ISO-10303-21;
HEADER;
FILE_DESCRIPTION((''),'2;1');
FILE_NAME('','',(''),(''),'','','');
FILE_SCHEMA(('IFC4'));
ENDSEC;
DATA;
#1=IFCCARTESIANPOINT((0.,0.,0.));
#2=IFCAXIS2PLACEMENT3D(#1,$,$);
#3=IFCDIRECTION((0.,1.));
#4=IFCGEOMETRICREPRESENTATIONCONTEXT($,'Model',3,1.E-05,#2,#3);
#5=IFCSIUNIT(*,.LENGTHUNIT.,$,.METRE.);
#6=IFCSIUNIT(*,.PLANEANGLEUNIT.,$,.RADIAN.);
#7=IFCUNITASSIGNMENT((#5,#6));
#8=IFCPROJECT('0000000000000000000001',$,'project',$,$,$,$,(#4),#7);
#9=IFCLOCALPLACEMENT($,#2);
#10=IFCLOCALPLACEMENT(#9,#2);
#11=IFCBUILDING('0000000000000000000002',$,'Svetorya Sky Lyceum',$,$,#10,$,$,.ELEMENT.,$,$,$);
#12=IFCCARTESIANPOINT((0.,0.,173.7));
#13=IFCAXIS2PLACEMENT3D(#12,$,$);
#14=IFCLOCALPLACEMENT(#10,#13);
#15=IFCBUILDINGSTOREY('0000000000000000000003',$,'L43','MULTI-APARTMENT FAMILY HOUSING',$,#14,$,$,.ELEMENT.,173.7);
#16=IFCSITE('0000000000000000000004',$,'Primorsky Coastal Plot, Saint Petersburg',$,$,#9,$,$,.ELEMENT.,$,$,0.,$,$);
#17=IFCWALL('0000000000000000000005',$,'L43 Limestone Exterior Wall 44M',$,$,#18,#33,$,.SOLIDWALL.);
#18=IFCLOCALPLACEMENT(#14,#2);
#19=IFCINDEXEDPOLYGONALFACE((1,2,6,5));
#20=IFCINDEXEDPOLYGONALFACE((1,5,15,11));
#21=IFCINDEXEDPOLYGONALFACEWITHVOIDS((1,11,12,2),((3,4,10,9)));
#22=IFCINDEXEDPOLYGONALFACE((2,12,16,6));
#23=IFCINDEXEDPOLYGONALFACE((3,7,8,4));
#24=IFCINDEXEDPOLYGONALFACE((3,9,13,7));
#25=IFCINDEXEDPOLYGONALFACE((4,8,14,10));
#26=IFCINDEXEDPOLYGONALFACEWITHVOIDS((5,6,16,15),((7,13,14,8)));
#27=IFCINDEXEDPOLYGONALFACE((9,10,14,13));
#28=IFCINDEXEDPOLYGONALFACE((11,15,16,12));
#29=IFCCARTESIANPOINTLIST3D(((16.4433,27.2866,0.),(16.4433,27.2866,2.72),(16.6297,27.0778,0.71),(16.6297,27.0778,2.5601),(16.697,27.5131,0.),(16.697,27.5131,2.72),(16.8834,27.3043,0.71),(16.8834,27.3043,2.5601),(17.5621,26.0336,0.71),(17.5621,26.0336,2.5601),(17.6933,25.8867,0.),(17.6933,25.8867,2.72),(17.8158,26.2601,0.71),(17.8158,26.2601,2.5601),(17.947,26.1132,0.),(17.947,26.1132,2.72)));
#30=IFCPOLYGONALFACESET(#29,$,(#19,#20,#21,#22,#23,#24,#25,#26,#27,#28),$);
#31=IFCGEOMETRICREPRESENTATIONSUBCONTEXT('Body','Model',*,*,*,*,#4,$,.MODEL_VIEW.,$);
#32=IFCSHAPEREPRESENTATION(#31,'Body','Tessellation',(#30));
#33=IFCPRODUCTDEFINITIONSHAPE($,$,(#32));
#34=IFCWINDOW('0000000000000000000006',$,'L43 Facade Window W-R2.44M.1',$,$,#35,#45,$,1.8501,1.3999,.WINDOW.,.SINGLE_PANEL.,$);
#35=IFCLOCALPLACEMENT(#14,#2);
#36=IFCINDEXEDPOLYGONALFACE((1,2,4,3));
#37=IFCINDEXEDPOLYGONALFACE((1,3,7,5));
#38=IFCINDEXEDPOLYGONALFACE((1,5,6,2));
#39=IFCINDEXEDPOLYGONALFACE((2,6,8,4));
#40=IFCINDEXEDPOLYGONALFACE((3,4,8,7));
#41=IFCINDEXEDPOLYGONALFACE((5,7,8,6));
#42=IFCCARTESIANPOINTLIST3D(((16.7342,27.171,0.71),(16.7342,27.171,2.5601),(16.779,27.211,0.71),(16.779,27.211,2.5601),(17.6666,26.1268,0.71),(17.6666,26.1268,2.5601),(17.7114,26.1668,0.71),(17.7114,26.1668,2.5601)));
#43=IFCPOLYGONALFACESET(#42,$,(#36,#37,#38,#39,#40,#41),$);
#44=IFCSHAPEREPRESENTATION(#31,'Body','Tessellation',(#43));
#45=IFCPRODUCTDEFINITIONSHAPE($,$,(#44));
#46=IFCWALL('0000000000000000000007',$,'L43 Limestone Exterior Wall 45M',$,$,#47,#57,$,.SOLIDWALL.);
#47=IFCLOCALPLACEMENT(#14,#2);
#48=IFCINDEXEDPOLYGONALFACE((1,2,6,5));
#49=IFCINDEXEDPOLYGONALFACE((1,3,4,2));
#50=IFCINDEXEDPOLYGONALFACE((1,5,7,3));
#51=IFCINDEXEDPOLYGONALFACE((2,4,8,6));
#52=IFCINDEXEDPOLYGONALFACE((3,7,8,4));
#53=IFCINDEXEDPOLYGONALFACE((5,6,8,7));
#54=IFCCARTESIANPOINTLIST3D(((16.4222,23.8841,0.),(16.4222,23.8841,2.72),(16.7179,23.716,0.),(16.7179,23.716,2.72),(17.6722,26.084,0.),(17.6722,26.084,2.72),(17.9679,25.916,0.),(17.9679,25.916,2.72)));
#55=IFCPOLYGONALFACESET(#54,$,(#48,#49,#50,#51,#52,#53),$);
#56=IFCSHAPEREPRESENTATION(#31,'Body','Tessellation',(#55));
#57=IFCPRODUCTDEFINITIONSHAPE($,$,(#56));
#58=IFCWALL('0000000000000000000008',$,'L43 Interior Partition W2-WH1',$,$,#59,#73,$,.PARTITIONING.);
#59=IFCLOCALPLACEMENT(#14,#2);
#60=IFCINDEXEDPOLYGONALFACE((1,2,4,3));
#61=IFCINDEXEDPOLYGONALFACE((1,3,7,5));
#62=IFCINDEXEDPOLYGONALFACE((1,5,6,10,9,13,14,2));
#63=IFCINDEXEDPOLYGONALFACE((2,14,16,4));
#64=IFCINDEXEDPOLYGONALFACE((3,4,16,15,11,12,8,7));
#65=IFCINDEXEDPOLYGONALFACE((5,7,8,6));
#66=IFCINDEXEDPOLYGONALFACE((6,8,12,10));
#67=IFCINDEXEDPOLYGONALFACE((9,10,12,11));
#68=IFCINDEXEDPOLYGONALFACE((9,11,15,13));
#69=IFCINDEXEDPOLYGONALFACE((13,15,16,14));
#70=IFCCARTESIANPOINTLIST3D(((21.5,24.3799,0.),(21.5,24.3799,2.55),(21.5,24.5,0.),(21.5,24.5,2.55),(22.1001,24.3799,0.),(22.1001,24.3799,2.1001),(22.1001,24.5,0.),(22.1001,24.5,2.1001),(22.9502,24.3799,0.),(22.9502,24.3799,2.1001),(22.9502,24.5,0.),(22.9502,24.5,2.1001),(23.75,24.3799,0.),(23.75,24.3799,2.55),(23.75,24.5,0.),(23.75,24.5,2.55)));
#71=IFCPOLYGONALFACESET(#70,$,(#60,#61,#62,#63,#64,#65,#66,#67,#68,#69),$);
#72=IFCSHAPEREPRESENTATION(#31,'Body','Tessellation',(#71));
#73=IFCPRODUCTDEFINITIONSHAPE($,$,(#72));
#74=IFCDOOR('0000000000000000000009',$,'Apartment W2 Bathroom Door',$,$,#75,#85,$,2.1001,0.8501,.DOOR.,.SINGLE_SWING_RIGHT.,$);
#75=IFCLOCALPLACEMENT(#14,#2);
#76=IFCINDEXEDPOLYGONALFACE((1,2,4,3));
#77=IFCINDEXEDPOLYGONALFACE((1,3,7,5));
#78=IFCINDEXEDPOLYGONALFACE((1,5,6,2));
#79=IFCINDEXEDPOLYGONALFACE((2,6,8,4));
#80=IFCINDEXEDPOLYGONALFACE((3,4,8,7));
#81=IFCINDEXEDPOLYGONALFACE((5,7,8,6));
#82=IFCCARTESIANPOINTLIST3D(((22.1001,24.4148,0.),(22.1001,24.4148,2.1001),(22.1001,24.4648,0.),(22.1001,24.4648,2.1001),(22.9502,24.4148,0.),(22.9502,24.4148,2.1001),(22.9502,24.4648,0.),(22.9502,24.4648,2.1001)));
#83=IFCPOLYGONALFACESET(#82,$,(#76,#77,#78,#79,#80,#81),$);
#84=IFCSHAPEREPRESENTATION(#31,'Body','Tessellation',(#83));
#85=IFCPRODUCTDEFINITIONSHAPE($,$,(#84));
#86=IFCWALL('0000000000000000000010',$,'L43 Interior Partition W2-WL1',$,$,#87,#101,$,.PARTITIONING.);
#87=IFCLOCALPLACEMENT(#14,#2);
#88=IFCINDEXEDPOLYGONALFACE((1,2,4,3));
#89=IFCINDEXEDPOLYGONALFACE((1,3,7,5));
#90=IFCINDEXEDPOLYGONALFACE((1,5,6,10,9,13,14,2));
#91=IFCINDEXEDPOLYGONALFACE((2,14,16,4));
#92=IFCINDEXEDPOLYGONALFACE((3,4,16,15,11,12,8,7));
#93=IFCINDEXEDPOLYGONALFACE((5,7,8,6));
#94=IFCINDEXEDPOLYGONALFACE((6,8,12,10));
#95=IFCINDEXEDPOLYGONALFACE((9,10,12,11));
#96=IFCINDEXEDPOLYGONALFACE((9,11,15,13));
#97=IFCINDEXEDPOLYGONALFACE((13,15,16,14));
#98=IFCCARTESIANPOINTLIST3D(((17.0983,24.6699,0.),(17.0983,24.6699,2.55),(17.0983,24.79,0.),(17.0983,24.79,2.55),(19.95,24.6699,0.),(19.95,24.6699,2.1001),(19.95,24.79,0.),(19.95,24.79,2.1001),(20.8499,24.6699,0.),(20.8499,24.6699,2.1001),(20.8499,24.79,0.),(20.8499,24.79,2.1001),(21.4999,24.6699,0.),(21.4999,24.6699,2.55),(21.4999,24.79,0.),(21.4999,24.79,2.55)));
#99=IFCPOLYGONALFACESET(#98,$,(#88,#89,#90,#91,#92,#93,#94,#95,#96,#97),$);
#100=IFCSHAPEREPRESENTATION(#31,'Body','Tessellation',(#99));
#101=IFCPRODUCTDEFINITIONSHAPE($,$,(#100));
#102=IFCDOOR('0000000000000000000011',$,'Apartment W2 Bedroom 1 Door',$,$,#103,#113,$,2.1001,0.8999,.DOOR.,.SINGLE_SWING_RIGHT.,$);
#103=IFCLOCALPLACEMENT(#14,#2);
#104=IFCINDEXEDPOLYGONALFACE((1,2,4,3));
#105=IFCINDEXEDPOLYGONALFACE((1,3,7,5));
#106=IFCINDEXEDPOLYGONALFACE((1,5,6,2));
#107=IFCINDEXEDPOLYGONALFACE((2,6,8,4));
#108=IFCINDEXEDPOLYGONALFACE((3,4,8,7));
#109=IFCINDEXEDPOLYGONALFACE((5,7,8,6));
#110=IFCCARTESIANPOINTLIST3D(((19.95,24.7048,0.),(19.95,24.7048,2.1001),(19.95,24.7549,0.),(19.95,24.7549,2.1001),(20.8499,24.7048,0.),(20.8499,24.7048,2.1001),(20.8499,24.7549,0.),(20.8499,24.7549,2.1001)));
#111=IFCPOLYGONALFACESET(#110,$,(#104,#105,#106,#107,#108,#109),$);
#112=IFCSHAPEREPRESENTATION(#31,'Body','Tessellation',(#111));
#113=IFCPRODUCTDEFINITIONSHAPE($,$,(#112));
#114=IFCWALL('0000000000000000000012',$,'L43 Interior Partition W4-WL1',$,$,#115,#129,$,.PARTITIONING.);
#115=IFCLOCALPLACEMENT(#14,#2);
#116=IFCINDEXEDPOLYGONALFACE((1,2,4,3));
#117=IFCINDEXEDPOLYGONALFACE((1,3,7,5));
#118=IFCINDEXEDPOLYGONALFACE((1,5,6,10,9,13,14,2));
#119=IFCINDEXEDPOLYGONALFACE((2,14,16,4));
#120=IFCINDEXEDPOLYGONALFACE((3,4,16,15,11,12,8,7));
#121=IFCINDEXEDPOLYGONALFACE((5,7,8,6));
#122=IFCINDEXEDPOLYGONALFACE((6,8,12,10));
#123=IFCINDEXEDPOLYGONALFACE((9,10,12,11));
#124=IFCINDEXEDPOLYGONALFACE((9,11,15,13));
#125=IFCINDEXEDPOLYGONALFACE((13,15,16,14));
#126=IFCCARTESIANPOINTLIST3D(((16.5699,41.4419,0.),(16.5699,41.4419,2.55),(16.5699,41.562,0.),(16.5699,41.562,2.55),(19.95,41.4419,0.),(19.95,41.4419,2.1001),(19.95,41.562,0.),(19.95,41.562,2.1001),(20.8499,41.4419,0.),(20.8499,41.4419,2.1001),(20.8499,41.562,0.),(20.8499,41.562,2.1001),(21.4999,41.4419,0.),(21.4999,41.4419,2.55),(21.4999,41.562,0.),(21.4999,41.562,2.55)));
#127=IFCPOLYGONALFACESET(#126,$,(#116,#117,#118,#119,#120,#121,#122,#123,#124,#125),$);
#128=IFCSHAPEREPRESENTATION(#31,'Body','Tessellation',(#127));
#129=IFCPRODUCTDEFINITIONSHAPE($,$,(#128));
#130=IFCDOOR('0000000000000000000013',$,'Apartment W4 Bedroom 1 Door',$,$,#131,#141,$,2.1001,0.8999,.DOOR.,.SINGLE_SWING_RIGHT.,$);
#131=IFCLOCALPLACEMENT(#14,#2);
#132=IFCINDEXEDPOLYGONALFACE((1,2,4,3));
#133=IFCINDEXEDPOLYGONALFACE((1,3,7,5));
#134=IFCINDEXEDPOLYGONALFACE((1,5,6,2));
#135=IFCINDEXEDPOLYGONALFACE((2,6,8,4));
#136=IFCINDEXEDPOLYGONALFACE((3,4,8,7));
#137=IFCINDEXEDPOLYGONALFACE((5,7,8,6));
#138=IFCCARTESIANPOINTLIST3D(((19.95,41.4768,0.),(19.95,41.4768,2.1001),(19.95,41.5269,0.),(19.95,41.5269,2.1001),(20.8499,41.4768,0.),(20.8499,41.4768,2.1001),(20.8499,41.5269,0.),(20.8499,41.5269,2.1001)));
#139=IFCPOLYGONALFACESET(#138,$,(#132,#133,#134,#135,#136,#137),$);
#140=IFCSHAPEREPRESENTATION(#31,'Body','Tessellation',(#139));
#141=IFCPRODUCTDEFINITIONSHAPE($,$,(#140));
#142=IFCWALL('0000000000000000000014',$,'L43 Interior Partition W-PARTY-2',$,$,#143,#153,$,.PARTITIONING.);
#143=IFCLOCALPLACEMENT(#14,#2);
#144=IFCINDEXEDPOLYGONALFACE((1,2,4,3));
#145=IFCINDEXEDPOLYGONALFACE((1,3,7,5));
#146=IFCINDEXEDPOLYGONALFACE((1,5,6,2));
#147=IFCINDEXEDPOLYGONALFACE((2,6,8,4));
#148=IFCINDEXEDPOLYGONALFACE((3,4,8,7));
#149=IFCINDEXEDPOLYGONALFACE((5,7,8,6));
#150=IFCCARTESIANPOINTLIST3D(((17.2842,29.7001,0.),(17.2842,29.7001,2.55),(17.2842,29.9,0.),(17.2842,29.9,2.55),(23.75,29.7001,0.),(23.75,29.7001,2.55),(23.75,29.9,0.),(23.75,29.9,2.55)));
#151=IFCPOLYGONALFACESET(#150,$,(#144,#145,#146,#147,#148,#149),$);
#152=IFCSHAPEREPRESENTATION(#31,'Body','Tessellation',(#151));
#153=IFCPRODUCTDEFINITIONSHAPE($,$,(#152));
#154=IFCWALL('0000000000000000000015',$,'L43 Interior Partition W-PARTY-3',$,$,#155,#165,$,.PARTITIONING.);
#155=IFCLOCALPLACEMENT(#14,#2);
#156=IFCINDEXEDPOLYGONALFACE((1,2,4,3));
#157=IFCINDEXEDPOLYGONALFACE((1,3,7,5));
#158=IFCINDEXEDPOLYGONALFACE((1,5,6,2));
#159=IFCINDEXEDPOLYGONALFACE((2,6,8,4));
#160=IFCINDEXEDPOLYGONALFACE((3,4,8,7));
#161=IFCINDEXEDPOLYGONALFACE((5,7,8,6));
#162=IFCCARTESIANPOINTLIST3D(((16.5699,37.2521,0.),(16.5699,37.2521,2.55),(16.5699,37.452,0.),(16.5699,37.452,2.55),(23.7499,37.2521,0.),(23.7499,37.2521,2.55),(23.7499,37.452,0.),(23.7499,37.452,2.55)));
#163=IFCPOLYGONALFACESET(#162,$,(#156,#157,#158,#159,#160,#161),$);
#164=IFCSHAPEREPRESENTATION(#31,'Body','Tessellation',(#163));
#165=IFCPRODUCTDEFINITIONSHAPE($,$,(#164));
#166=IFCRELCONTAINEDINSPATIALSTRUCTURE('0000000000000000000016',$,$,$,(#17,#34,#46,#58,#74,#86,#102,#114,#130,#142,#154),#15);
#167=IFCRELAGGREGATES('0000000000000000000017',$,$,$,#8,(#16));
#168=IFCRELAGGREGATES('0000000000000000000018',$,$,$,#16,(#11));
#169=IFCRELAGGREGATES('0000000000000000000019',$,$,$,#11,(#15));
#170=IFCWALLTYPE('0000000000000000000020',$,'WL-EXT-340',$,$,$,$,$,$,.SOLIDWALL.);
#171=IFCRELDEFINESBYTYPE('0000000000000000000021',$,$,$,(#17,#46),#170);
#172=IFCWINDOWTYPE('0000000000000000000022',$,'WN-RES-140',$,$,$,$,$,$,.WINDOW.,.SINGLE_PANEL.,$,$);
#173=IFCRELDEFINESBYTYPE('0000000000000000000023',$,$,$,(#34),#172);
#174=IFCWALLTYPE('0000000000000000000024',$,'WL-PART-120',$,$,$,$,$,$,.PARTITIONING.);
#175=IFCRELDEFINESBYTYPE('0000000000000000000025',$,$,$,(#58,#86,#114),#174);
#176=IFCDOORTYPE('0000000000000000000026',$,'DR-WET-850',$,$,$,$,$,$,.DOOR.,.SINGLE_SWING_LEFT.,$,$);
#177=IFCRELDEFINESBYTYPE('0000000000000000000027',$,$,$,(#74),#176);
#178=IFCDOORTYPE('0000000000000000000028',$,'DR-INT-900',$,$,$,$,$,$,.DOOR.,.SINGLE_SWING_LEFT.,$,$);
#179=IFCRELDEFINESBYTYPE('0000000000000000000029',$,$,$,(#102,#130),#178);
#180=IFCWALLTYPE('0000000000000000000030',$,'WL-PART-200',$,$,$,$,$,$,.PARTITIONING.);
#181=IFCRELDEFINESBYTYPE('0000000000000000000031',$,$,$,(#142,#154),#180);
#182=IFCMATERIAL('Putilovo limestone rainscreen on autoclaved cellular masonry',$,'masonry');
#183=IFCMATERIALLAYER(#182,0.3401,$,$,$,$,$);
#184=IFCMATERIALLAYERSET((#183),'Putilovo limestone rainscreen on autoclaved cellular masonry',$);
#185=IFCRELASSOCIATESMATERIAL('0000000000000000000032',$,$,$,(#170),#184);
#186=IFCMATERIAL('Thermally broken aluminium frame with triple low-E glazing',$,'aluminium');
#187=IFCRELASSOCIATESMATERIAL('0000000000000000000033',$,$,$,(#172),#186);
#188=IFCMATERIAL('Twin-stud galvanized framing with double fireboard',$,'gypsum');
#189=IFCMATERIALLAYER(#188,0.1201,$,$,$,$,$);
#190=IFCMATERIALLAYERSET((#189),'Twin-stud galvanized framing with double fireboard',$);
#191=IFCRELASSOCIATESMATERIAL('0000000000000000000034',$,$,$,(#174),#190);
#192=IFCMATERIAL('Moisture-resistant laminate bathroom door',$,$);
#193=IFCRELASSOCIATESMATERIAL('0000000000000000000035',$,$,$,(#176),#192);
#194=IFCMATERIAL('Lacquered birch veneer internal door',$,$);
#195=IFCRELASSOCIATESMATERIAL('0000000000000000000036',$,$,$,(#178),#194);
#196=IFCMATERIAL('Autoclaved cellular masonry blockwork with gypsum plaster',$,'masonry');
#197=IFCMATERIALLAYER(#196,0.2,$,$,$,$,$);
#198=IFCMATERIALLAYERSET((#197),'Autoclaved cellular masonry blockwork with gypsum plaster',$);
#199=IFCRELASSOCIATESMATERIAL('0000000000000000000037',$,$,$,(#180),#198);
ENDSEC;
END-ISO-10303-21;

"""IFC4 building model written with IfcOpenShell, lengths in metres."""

from ifc_helpers import new_model, si_unit, direction, frame, frame_2d, origin, place, context, subcontext, project, spatial, rectangle, extrude, material, layer, layer_set, type_object, element, fill, save


model = new_model("IFC4")

# Units and contexts
model_context = context("Model", 3, precision=1e-05, world=origin(), true_north=direction((0.0, 1.0)))
body_context = subcontext(model_context, "Body", "Model", "MODEL_VIEW")
ifc_project = project(units=[si_unit("LENGTHUNIT", "METRE"), si_unit("PLANEANGLEUNIT", "RADIAN")], contexts=[model_context])

# Site, building, storey
site_placement = place(None, origin())
site = spatial("IfcSite", under=ifc_project, at=site_placement, Name="Primorsky Coastal Plot, Saint Petersburg", CompositionType="ELEMENT", RefElevation=0.0)
building_placement = place(site_placement, origin())
building = spatial("IfcBuilding", under=site, at=building_placement, Name="Svetorya Sky Lyceum", CompositionType="ELEMENT")
storey_placement = place(building_placement, frame((0.0, 0.0, 173.7)))
storey = spatial("IfcBuildingStorey", under=building, at=storey_placement, Name="L43", Description="MULTI-APARTMENT FAMILY HOUSING", CompositionType="ELEMENT", Elevation=173.7)

# Shared definitions
ifc_material_1 = material(Name="Putilovo limestone rainscreen on autoclaved cellular masonry", Category="masonry")
ifc_layer_1 = layer(ifc_material_1, 0.3401)
ifc_layer_set_1 = layer_set([ifc_layer_1], Name="Putilovo limestone rainscreen on autoclaved cellular masonry")
wall_type_1 = type_object("IfcWallType", Name="WL-EXT-340", PredefinedType="SOLIDWALL", material=ifc_layer_set_1)
ifc_material_2 = material(Name="Thermally broken aluminium frame with triple low-E glazing", Category="aluminium")

# Wall, opening, window
wall_1_placement = place(storey_placement, frame((16.5701, 27.3999, 0.0), z_axis=(0.0, 0.0, 1.0), x_axis=(0.666042, -0.745915, 0.0)))
wall_1 = element("IfcWall", 1, at=wall_1_placement, inside=storey, type_object=wall_type_1, Name="L43 Limestone Exterior Wall 44M", PredefinedType="SOLIDWALL", context=body_context, shape_type="SweptSolid", body=[
    extrude(rectangle(XDim=1.8767, YDim=0.3401, at=frame_2d((0.9385, 0.0))), origin(), (0.0, 0.0, 1.0), 2.72),
])
opening_1_placement = place(wall_1_placement, frame((0.28, 0.0, 0.71)))
opening_1 = element("IfcOpeningElement", 2, at=opening_1_placement, cuts=wall_1, PredefinedType="OPENING", context=body_context, shape_type="SweptSolid", body=[
    extrude(rectangle(XDim=1.3999, YDim=1.8501, at=frame_2d((0.7, 0.925))), frame((0.0, 0.1799, 0.0), z_axis=(0.0, -1.0, 0.0), x_axis=(1.0, 0.0, 0.0)), (0.0, 0.0, 1.0), 0.3601),
])
window_type_1 = type_object("IfcWindowType", Name="WN-RES-140", PartitioningType="SINGLE_PANEL", PredefinedType="WINDOW", material=ifc_material_2)
window_1_placement = place(opening_1_placement, origin())
window_1 = element("IfcWindow", 3, at=window_1_placement, inside=storey, type_object=window_type_1, Name="L43 Facade Window W-R2.44M.1", OverallHeight=1.8501, OverallWidth=1.3999, PartitioningType="SINGLE_PANEL", PredefinedType="WINDOW", context=body_context, shape_type="SweptSolid", body=[
    extrude(rectangle(XDim=1.3999, YDim=1.8501, at=frame_2d((0.7, 0.925))), frame((0.0, 0.03, 0.0), z_axis=(0.0, -1.0, 0.0), x_axis=(1.0, 0.0, 0.0)), (0.0, 0.0, 1.0), 0.0601),
])
fill(opening_1, window_1)

# Wall
wall_2_placement = place(storey_placement, frame((17.8201, 26.0, 0.0), z_axis=(0.0, 0.0, 1.0), x_axis=(-0.494018, -0.869452, 0.0)))
element("IfcWall", 4, at=wall_2_placement, inside=storey, type_object=wall_type_1, Name="L43 Limestone Exterior Wall 45M", PredefinedType="SOLIDWALL", context=body_context, shape_type="SweptSolid", body=[
    extrude(rectangle(XDim=2.5303, YDim=0.3401, at=frame_2d((1.2651, 0.0))), origin(), (0.0, 0.0, 1.0), 2.72),
])

# Walls, openings, doors
ifc_material_3 = material(Name="Twin-stud galvanized framing with double fireboard", Category="gypsum")
ifc_layer_2 = layer(ifc_material_3, 0.1201)
ifc_layer_set_2 = layer_set([ifc_layer_2], Name="Twin-stud galvanized framing with double fireboard")
wall_type_2 = type_object("IfcWallType", Name="WL-PART-120", PredefinedType="PARTITIONING", material=ifc_layer_set_2)
wall_3_placement = place(storey_placement, frame((21.5, 24.4399, 0.0), z_axis=(0.0, 0.0, 1.0), x_axis=(1.0, 0.0, 0.0)))
wall_3 = element("IfcWall", 5, at=wall_3_placement, inside=storey, type_object=wall_type_2, Name="L43 Interior Partition W2-WH1", PredefinedType="PARTITIONING", context=body_context, shape_type="SweptSolid", body=[
    extrude(rectangle(XDim=2.25, YDim=0.1201, at=frame_2d((1.125, 0.0))), origin(), (0.0, 0.0, 1.0), 2.55),
])
opening_2_placement = place(wall_3_placement, frame((0.6001, 0.0, 0.0)))
opening_2 = element("IfcOpeningElement", 6, at=opening_2_placement, cuts=wall_3, PredefinedType="OPENING", context=body_context, shape_type="SweptSolid", body=[
    extrude(rectangle(XDim=0.8501, YDim=2.1001, at=frame_2d((0.425, 1.05))), frame((0.0, 0.0701, 0.0), z_axis=(0.0, -1.0, 0.0), x_axis=(1.0, 0.0, 0.0)), (0.0, 0.0, 1.0), 0.1401),
])
ifc_material_4 = material(Name="Moisture-resistant laminate bathroom door")
door_type_1 = type_object("IfcDoorType", Name="DR-WET-850", OperationType="SINGLE_SWING_LEFT", PredefinedType="DOOR", material=ifc_material_4)
door_1_placement = place(opening_2_placement, origin())
door_1 = element("IfcDoor", 7, at=door_1_placement, inside=storey, type_object=door_type_1, Name="Apartment W2 Bathroom Door", OperationType="SINGLE_SWING_RIGHT", OverallHeight=2.1001, OverallWidth=0.8501, PredefinedType="DOOR", context=body_context, shape_type="SweptSolid", body=[
    extrude(rectangle(XDim=0.8501, YDim=2.1001, at=frame_2d((0.425, 1.05))), frame((0.0, 0.0249, 0.0), z_axis=(0.0, -1.0, 0.0), x_axis=(1.0, 0.0, 0.0)), (0.0, 0.0, 1.0), 0.05),
])
fill(opening_2, door_1)
wall_4_placement = place(storey_placement, frame((17.0984, 24.73, 0.0), z_axis=(0.0, 0.0, 1.0), x_axis=(1.0, 0.0, 0.0)))
wall_4 = element("IfcWall", 8, at=wall_4_placement, inside=storey, type_object=wall_type_2, Name="L43 Interior Partition W2-WL1", PredefinedType="PARTITIONING", context=body_context, shape_type="SweptSolid", body=[
    extrude(rectangle(XDim=4.4016, YDim=0.1201, at=frame_2d((2.2007, 0.0))), origin(), (0.0, 0.0, 1.0), 2.55),
])
opening_3_placement = place(wall_4_placement, frame((2.8516, 0.0, 0.0)))
opening_3 = element("IfcOpeningElement", 9, at=opening_3_placement, cuts=wall_4, PredefinedType="OPENING", context=body_context, shape_type="SweptSolid", body=[
    extrude(rectangle(XDim=0.8999, YDim=2.1001, at=frame_2d((0.45, 1.05))), frame((0.0, 0.0701, 0.0), z_axis=(0.0, -1.0, 0.0), x_axis=(1.0, 0.0, 0.0)), (0.0, 0.0, 1.0), 0.1401),
])
ifc_material_5 = material(Name="Lacquered birch veneer internal door")
door_type_2 = type_object("IfcDoorType", Name="DR-INT-900", OperationType="SINGLE_SWING_LEFT", PredefinedType="DOOR", material=ifc_material_5)
door_2_placement = place(opening_3_placement, origin())
door_2 = element("IfcDoor", 10, at=door_2_placement, inside=storey, type_object=door_type_2, Name="Apartment W2 Bedroom 1 Door", OperationType="SINGLE_SWING_RIGHT", OverallHeight=2.1001, OverallWidth=0.8999, PredefinedType="DOOR", context=body_context, shape_type="SweptSolid", body=[
    extrude(rectangle(XDim=0.8999, YDim=2.1001, at=frame_2d((0.45, 1.05))), frame((0.0, 0.0249, 0.0), z_axis=(0.0, -1.0, 0.0), x_axis=(1.0, 0.0, 0.0)), (0.0, 0.0, 1.0), 0.05),
])
fill(opening_3, door_2)
wall_5_placement = place(storey_placement, frame((16.5701, 41.502, 0.0), z_axis=(0.0, 0.0, 1.0), x_axis=(1.0, 0.0, 0.0)))
wall_5 = element("IfcWall", 11, at=wall_5_placement, inside=storey, type_object=wall_type_2, Name="L43 Interior Partition W4-WL1", PredefinedType="PARTITIONING", context=body_context, shape_type="SweptSolid", body=[
    extrude(rectangle(XDim=4.9299, YDim=0.1201, at=frame_2d((2.4648, 0.0))), origin(), (0.0, 0.0, 1.0), 2.55),
])
opening_4_placement = place(wall_5_placement, frame((3.3799, 0.0, 0.0)))
opening_4 = element("IfcOpeningElement", 12, at=opening_4_placement, cuts=wall_5, PredefinedType="OPENING", context=body_context, shape_type="SweptSolid", body=[
    extrude(rectangle(XDim=0.8999, YDim=2.1001, at=frame_2d((0.45, 1.05))), frame((0.0, 0.0701, 0.0), z_axis=(0.0, -1.0, 0.0), x_axis=(1.0, 0.0, 0.0)), (0.0, 0.0, 1.0), 0.1401),
])
door_3_placement = place(opening_4_placement, origin())
door_3 = element("IfcDoor", 13, at=door_3_placement, inside=storey, type_object=door_type_2, Name="Apartment W4 Bedroom 1 Door", OperationType="SINGLE_SWING_RIGHT", OverallHeight=2.1001, OverallWidth=0.8999, PredefinedType="DOOR", context=body_context, shape_type="SweptSolid", body=[
    extrude(rectangle(XDim=0.8999, YDim=2.1001, at=frame_2d((0.45, 1.05))), frame((0.0, 0.0249, 0.0), z_axis=(0.0, -1.0, 0.0), x_axis=(1.0, 0.0, 0.0)), (0.0, 0.0, 1.0), 0.05),
])
fill(opening_4, door_3)

# Walls
ifc_material_6 = material(Name="Autoclaved cellular masonry blockwork with gypsum plaster", Category="masonry")
ifc_layer_3 = layer(ifc_material_6, 0.2)
ifc_layer_set_3 = layer_set([ifc_layer_3], Name="Autoclaved cellular masonry blockwork with gypsum plaster")
wall_type_3 = type_object("IfcWallType", Name="WL-PART-200", PredefinedType="PARTITIONING", material=ifc_layer_set_3)
wall_6_placement = place(storey_placement, frame((17.2842, 29.8, 0.0), z_axis=(0.0, 0.0, 1.0), x_axis=(1.0, 0.0, 0.0)))
element("IfcWall", 14, at=wall_6_placement, inside=storey, type_object=wall_type_3, Name="L43 Interior Partition W-PARTY-2", PredefinedType="PARTITIONING", context=body_context, shape_type="SweptSolid", body=[
    extrude(rectangle(XDim=6.4658, YDim=0.2, at=frame_2d((3.2329, 0.0))), origin(), (0.0, 0.0, 1.0), 2.55),
])
wall_7_placement = place(storey_placement, frame((16.5701, 37.3521, 0.0), z_axis=(0.0, 0.0, 1.0), x_axis=(1.0, 0.0, 0.0)))
element("IfcWall", 15, at=wall_7_placement, inside=storey, type_object=wall_type_3, Name="L43 Interior Partition W-PARTY-3", PredefinedType="PARTITIONING", context=body_context, shape_type="SweptSolid", body=[
    extrude(rectangle(XDim=7.1799, YDim=0.2, at=frame_2d((3.5898, 0.0))), origin(), (0.0, 0.0, 1.0), 2.55),
])

save(model, "model.ifc")
